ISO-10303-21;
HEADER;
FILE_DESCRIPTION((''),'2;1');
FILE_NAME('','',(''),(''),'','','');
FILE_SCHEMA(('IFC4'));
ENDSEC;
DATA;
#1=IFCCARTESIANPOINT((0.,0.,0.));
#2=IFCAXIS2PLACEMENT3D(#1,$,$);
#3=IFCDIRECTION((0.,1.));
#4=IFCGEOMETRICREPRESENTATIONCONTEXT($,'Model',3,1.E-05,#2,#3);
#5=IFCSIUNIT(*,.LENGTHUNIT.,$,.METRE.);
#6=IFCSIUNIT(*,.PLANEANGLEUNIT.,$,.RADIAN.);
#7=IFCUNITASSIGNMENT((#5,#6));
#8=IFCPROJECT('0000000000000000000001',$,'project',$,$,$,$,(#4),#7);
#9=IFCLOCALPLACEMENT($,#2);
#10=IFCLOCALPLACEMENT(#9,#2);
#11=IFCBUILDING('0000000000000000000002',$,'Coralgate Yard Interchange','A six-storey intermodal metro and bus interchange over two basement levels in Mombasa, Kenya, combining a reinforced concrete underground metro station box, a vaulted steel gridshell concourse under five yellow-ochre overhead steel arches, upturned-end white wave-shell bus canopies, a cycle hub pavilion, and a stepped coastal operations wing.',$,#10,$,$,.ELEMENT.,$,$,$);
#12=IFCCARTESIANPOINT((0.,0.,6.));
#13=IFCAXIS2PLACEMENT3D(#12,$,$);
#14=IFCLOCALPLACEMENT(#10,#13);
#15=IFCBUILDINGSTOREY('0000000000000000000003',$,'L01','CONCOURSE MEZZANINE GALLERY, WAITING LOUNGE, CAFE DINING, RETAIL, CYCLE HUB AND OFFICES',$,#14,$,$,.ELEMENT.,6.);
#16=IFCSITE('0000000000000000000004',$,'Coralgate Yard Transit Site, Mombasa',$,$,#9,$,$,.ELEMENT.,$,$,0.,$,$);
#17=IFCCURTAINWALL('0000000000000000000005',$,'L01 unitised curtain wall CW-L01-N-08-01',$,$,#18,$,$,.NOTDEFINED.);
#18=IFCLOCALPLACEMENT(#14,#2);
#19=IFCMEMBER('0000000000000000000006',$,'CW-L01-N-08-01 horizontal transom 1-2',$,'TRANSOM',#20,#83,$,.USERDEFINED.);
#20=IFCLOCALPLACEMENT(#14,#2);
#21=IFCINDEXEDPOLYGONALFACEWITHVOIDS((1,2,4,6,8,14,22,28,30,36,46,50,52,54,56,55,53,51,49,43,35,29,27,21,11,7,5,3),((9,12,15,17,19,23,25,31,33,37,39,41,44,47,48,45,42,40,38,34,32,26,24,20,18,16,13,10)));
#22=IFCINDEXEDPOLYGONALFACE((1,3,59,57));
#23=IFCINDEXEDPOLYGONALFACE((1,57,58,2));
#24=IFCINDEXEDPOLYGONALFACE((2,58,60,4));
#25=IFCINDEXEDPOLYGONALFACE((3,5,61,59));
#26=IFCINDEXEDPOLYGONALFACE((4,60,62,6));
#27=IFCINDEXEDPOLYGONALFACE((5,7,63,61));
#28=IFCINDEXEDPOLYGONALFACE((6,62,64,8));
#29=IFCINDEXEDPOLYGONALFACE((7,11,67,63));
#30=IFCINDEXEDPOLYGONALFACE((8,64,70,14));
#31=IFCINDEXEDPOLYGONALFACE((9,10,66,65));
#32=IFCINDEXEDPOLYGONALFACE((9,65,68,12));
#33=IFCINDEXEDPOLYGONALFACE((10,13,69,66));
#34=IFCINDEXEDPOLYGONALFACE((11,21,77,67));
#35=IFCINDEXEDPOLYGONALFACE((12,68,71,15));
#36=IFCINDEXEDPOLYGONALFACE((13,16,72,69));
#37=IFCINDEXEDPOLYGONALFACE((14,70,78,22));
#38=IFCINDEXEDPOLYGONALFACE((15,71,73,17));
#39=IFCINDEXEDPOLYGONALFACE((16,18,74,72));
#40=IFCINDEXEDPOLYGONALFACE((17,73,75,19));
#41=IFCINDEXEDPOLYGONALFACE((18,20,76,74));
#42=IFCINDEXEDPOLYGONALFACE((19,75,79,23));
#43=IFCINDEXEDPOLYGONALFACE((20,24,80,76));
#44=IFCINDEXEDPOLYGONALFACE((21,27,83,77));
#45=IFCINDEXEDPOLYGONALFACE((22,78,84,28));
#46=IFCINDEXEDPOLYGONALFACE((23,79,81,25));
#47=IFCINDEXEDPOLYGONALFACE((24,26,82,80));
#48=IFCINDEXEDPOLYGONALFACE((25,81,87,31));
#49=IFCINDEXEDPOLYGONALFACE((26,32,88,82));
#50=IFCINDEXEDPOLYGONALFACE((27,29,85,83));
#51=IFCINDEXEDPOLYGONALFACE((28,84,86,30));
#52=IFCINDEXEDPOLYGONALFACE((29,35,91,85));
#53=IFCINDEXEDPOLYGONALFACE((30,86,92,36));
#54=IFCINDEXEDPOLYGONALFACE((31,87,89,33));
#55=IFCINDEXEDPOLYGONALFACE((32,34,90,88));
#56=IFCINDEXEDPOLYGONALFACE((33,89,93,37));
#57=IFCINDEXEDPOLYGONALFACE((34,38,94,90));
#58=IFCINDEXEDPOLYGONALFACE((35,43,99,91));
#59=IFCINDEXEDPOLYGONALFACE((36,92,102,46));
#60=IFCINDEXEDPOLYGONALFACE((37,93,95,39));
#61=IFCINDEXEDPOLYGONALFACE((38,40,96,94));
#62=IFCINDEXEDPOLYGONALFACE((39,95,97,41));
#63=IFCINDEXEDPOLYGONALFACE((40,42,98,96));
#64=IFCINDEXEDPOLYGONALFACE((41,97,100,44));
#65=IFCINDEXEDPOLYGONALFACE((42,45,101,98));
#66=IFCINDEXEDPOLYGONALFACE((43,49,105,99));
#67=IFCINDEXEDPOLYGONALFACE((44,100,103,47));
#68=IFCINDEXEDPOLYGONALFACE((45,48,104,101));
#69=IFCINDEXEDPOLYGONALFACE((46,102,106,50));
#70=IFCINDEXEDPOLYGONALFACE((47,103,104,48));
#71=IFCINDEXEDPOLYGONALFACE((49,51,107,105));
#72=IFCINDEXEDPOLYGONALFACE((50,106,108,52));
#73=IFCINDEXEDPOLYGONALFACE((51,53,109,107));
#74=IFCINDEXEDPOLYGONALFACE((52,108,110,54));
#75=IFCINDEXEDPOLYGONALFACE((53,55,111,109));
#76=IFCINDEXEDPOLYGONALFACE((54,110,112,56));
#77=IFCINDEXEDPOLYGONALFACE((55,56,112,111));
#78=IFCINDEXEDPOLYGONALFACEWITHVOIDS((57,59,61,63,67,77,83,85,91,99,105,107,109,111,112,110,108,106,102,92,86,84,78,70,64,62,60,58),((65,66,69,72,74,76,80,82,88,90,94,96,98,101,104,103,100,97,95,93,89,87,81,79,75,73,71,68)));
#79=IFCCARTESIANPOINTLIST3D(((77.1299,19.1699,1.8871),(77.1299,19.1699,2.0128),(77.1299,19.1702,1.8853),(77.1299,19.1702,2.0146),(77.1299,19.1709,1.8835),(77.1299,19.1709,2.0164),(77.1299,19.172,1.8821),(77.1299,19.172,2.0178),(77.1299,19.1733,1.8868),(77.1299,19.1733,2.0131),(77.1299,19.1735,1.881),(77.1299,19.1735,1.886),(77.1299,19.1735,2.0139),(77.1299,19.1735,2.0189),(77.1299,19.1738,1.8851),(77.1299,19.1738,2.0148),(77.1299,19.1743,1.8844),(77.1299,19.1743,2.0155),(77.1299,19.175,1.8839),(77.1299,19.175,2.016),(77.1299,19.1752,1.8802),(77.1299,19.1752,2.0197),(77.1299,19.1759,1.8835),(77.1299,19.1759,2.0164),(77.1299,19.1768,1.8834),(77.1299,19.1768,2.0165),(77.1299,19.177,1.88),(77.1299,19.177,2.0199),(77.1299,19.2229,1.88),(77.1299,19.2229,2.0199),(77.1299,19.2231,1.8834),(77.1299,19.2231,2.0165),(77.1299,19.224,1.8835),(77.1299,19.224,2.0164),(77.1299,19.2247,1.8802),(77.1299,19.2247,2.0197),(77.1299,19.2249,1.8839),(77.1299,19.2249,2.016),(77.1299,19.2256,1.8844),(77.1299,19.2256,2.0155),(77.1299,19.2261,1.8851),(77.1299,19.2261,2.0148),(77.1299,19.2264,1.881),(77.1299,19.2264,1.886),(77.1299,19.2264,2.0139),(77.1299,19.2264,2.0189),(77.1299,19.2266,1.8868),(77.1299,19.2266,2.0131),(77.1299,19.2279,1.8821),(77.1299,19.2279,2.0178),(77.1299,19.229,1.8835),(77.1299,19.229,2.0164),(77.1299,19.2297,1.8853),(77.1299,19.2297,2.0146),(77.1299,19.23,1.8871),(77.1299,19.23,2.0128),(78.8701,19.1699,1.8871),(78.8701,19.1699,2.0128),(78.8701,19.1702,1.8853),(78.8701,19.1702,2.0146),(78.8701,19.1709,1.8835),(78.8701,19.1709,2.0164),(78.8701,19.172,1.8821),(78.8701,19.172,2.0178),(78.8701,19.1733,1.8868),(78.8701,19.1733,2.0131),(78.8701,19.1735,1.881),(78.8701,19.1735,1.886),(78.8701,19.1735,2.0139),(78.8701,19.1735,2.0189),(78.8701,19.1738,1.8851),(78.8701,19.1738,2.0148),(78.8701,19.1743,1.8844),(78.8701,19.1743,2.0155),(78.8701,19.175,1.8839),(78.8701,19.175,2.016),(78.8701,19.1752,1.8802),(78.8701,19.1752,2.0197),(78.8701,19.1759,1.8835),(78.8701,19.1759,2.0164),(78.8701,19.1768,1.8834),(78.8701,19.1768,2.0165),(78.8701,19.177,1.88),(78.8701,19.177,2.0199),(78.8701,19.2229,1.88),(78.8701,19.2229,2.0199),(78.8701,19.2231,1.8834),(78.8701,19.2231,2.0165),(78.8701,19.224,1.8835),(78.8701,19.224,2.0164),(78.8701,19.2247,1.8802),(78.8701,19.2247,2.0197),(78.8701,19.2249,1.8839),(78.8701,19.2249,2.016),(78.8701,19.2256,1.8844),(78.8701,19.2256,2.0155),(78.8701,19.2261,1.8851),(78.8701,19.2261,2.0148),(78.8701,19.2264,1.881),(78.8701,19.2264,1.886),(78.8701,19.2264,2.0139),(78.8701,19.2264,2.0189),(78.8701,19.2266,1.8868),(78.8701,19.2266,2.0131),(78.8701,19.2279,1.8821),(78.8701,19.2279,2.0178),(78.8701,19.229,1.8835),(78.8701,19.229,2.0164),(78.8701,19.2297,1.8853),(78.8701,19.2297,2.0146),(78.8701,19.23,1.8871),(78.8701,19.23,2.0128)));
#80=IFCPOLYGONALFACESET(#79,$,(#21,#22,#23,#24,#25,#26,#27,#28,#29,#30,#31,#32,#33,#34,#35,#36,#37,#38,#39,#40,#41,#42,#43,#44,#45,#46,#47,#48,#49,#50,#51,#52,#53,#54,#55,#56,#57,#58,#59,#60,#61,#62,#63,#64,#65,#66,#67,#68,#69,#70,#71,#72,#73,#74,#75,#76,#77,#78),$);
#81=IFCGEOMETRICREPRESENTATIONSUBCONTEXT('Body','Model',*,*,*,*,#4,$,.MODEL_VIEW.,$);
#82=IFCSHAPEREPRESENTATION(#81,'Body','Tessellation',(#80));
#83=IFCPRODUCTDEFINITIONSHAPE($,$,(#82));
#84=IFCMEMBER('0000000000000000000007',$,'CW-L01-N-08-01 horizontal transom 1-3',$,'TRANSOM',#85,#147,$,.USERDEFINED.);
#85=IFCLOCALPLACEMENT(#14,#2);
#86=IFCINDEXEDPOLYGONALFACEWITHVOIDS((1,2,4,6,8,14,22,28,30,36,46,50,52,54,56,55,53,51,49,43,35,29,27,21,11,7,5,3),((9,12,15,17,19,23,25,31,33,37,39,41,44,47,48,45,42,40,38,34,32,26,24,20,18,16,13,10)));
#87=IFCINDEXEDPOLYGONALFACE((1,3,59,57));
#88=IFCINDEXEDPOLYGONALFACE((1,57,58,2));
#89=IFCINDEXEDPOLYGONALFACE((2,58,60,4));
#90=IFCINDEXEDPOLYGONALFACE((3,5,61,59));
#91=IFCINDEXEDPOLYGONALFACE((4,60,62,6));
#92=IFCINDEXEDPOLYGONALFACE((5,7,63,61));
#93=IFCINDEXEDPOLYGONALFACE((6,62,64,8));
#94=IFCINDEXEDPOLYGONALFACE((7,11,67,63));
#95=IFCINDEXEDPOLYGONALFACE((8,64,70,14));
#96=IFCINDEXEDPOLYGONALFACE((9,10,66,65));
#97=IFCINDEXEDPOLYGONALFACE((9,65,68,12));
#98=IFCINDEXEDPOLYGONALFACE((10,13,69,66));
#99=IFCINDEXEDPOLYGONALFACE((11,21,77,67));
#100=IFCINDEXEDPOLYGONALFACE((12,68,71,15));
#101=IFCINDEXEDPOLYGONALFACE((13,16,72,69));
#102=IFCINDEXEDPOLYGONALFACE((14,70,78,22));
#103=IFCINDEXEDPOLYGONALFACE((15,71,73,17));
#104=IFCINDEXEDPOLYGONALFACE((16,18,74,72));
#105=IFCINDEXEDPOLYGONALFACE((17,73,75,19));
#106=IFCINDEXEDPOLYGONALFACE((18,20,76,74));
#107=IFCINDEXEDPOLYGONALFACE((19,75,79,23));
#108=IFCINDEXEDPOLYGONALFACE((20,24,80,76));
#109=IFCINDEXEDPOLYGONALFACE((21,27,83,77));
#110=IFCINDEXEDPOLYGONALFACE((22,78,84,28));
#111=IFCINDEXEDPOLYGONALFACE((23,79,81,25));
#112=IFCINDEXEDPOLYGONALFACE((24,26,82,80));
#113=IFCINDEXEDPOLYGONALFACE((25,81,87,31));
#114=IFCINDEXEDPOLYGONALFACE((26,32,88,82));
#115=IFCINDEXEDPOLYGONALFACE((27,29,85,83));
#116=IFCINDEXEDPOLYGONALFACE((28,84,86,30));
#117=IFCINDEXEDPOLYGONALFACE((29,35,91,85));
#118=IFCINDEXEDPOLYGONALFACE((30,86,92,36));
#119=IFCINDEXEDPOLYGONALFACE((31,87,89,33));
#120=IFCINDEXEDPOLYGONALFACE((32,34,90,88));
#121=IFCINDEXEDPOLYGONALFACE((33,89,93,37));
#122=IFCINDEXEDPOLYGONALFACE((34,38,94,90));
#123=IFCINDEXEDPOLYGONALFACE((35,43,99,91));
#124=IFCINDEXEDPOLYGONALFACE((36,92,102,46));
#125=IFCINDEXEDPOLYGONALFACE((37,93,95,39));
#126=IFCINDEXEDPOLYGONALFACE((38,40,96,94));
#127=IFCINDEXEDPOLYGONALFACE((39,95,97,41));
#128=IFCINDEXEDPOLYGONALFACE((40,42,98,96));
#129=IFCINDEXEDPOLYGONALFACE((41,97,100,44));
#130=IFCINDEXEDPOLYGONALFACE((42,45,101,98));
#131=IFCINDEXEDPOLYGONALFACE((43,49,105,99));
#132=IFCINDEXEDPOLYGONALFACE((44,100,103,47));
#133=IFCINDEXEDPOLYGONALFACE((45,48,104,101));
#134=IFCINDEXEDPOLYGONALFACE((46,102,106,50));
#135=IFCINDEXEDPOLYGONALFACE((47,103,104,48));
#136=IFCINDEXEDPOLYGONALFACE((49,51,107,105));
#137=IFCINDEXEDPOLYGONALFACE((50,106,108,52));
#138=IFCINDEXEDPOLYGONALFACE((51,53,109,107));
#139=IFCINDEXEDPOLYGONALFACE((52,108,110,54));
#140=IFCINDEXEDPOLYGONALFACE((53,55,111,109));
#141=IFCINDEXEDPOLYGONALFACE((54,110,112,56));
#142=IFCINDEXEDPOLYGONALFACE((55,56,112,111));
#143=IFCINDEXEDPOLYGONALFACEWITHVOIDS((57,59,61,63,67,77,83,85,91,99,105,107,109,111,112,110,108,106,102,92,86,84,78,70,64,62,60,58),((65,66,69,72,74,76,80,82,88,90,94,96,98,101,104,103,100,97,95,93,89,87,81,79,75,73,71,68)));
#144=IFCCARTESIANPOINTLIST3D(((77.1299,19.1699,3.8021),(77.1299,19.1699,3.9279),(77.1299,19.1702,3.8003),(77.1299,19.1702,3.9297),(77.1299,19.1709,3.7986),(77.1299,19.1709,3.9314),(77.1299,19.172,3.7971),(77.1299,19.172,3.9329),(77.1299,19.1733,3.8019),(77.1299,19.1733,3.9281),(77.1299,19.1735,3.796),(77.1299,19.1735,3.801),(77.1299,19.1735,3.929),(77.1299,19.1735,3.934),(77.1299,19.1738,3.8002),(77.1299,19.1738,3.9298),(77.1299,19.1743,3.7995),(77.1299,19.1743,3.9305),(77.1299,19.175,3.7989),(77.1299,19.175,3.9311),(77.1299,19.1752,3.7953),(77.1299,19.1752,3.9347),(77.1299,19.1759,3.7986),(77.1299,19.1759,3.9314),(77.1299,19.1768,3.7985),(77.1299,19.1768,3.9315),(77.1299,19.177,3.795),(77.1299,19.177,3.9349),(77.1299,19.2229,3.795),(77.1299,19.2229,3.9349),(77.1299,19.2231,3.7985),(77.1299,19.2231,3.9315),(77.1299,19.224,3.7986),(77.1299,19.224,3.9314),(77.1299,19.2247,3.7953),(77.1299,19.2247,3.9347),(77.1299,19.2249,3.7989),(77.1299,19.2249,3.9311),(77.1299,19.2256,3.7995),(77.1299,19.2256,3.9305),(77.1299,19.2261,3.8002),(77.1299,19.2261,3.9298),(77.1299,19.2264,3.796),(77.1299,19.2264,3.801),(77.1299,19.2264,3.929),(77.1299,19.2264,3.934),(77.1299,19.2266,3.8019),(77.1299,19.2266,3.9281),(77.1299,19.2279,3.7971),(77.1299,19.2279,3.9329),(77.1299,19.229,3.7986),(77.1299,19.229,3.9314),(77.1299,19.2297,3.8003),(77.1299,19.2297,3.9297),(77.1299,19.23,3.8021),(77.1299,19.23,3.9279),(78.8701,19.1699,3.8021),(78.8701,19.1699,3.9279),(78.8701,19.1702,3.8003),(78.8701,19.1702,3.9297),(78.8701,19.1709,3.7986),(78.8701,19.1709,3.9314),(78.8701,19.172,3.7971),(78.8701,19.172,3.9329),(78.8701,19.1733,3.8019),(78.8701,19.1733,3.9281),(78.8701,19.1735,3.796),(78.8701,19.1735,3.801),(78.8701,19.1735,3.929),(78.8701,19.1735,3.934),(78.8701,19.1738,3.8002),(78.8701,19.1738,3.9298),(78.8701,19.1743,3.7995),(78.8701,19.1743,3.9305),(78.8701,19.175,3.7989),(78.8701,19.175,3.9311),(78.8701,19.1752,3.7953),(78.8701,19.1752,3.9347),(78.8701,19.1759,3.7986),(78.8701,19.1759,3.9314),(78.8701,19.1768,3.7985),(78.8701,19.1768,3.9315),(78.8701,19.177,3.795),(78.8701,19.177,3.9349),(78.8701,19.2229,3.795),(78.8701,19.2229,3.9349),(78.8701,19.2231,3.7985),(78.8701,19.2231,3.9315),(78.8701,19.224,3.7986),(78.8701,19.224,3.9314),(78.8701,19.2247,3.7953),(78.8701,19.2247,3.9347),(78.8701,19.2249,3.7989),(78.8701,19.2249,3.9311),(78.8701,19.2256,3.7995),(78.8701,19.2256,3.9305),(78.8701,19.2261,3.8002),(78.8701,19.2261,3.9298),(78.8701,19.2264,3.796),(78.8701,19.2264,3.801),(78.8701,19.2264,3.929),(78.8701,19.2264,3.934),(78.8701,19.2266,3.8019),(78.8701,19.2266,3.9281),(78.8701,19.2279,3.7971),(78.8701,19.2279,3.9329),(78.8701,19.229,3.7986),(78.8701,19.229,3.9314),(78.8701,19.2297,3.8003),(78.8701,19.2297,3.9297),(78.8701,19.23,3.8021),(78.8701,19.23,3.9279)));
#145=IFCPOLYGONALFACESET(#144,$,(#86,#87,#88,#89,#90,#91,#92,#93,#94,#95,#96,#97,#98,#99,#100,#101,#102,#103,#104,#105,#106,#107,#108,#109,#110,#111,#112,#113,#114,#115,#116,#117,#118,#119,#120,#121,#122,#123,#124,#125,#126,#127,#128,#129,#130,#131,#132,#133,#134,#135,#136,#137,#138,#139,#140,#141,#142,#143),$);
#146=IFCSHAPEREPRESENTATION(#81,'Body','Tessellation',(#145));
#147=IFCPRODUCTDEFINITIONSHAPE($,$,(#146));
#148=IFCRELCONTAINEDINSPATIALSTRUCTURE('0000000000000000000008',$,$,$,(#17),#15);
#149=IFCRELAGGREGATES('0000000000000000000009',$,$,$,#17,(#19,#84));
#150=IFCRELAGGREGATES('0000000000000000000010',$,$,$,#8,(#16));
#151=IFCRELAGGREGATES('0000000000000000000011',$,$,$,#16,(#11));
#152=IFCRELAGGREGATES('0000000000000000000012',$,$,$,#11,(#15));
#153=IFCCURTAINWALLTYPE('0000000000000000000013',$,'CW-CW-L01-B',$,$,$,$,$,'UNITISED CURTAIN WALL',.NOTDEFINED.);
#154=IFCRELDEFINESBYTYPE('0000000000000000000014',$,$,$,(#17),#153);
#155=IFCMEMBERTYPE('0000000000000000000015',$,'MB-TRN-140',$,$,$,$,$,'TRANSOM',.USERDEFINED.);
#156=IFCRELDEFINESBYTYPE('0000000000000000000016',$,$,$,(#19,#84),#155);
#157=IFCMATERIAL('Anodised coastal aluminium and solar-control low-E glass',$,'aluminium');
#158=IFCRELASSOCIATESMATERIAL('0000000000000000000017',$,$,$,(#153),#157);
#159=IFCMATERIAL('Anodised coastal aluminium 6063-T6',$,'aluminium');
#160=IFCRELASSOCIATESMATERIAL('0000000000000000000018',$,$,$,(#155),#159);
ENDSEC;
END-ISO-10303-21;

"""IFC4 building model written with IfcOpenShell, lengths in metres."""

from ifc_helpers import new_model, si_unit, direction, frame, origin, origin_2d, place, context, subcontext, project, spatial, hollow_rectangle, extrude, material, material_profile, profile_set, type_object, element, aggregate, save


model = new_model("IFC4")

# Units and contexts
model_context = context("Model", 3, precision=1e-05, world=origin(), true_north=direction((0.0, 1.0)))
body_context = subcontext(model_context, "Body", "Model", "MODEL_VIEW")
ifc_project = project(units=[si_unit("LENGTHUNIT", "METRE"), si_unit("PLANEANGLEUNIT", "RADIAN")], contexts=[model_context])

# Site, building, storey
site_placement = place(None, origin())
site = spatial("IfcSite", under=ifc_project, at=site_placement, Name="Coralgate Yard Transit Site, Mombasa", CompositionType="ELEMENT", RefElevation=0.0)
building_placement = place(site_placement, origin())
building = spatial("IfcBuilding", under=site, at=building_placement, Name="Coralgate Yard Interchange", Description="A six-storey intermodal metro and bus interchange over two basement levels in Mombasa, Kenya, combining a reinforced concrete underground metro station box, a vaulted steel gridshell concourse under five yellow-ochre overhead steel arches, upturned-end white wave-shell bus canopies, a cycle hub pavilion, and a stepped coastal operations wing.", CompositionType="ELEMENT")
storey_placement = place(building_placement, frame((0.0, 0.0, 6.0)))
storey = spatial("IfcBuildingStorey", under=building, at=storey_placement, Name="L01", Description="CONCOURSE MEZZANINE GALLERY, WAITING LOUNGE, CAFE DINING, RETAIL, CYCLE HUB AND OFFICES", CompositionType="ELEMENT", Elevation=6.0)

# Curtain wall
ifc_material_1 = material(Name="Anodised coastal aluminium and solar-control low-E glass", Category="aluminium")
curtain_wall_type = type_object("IfcCurtainWallType", Name="CW-CW-L01-B", ElementType="UNITISED CURTAIN WALL", PredefinedType="NOTDEFINED", material=ifc_material_1)
ifc_material_2 = material(Name="Anodised coastal aluminium 6063-T6", Category="aluminium")
curtain_wall_1_placement = place(storey_placement, origin())
curtain_wall_1 = element("IfcCurtainWall", 1, at=curtain_wall_1_placement, inside=storey, type_object=curtain_wall_type, Name="L01 unitised curtain wall CW-L01-N-08-01", PredefinedType="NOTDEFINED")

# Members
ifc_material_profile_1 = material_profile(ifc_material_2, hollow_rectangle(XDim=0.0601, YDim=0.1399, WallThickness=0.0034, InnerFilletRadius=0.0034, OuterFilletRadius=0.0071, at=origin_2d()), Name="ALU 60x140x3.5")
ifc_profile_set_1 = profile_set([ifc_material_profile_1], Name="Anodised coastal aluminium 6063-T6")
member_type_1 = type_object("IfcMemberType", Name="MB-TRN-140", ElementType="TRANSOM", PredefinedType="USERDEFINED", material=ifc_profile_set_1)
member_1_placement = place(storey_placement, frame((77.1299, 19.2, 1.95), z_axis=(1.0, 0.0, 0.0), x_axis=(0.0, 1.0, 0.0)))
member_1 = element("IfcMember", 2, at=member_1_placement, type_object=member_type_1, Name="CW-L01-N-08-01 horizontal transom 1-2", ObjectType="TRANSOM", PredefinedType="USERDEFINED", context=body_context, shape_type="SweptSolid", body=[
    extrude(hollow_rectangle(XDim=0.0601, YDim=0.1399, WallThickness=0.0034, InnerFilletRadius=0.0034, OuterFilletRadius=0.0071, at=origin_2d()), origin(), (0.0, 0.0, 1.0), 1.7402),
])
member_2_placement = place(storey_placement, frame((77.1299, 19.2, 3.865), z_axis=(1.0, 0.0, 0.0), x_axis=(0.0, 1.0, 0.0)))
member_2 = element("IfcMember", 3, at=member_2_placement, type_object=member_type_1, Name="CW-L01-N-08-01 horizontal transom 1-3", ObjectType="TRANSOM", PredefinedType="USERDEFINED", context=body_context, shape_type="SweptSolid", body=[
    extrude(hollow_rectangle(XDim=0.0601, YDim=0.1399, WallThickness=0.0034, InnerFilletRadius=0.0034, OuterFilletRadius=0.0071, at=origin_2d()), origin(), (0.0, 0.0, 1.0), 1.7402),
])

aggregate(curtain_wall_1, [member_1, member_2])

save(model, "model.ifc")
